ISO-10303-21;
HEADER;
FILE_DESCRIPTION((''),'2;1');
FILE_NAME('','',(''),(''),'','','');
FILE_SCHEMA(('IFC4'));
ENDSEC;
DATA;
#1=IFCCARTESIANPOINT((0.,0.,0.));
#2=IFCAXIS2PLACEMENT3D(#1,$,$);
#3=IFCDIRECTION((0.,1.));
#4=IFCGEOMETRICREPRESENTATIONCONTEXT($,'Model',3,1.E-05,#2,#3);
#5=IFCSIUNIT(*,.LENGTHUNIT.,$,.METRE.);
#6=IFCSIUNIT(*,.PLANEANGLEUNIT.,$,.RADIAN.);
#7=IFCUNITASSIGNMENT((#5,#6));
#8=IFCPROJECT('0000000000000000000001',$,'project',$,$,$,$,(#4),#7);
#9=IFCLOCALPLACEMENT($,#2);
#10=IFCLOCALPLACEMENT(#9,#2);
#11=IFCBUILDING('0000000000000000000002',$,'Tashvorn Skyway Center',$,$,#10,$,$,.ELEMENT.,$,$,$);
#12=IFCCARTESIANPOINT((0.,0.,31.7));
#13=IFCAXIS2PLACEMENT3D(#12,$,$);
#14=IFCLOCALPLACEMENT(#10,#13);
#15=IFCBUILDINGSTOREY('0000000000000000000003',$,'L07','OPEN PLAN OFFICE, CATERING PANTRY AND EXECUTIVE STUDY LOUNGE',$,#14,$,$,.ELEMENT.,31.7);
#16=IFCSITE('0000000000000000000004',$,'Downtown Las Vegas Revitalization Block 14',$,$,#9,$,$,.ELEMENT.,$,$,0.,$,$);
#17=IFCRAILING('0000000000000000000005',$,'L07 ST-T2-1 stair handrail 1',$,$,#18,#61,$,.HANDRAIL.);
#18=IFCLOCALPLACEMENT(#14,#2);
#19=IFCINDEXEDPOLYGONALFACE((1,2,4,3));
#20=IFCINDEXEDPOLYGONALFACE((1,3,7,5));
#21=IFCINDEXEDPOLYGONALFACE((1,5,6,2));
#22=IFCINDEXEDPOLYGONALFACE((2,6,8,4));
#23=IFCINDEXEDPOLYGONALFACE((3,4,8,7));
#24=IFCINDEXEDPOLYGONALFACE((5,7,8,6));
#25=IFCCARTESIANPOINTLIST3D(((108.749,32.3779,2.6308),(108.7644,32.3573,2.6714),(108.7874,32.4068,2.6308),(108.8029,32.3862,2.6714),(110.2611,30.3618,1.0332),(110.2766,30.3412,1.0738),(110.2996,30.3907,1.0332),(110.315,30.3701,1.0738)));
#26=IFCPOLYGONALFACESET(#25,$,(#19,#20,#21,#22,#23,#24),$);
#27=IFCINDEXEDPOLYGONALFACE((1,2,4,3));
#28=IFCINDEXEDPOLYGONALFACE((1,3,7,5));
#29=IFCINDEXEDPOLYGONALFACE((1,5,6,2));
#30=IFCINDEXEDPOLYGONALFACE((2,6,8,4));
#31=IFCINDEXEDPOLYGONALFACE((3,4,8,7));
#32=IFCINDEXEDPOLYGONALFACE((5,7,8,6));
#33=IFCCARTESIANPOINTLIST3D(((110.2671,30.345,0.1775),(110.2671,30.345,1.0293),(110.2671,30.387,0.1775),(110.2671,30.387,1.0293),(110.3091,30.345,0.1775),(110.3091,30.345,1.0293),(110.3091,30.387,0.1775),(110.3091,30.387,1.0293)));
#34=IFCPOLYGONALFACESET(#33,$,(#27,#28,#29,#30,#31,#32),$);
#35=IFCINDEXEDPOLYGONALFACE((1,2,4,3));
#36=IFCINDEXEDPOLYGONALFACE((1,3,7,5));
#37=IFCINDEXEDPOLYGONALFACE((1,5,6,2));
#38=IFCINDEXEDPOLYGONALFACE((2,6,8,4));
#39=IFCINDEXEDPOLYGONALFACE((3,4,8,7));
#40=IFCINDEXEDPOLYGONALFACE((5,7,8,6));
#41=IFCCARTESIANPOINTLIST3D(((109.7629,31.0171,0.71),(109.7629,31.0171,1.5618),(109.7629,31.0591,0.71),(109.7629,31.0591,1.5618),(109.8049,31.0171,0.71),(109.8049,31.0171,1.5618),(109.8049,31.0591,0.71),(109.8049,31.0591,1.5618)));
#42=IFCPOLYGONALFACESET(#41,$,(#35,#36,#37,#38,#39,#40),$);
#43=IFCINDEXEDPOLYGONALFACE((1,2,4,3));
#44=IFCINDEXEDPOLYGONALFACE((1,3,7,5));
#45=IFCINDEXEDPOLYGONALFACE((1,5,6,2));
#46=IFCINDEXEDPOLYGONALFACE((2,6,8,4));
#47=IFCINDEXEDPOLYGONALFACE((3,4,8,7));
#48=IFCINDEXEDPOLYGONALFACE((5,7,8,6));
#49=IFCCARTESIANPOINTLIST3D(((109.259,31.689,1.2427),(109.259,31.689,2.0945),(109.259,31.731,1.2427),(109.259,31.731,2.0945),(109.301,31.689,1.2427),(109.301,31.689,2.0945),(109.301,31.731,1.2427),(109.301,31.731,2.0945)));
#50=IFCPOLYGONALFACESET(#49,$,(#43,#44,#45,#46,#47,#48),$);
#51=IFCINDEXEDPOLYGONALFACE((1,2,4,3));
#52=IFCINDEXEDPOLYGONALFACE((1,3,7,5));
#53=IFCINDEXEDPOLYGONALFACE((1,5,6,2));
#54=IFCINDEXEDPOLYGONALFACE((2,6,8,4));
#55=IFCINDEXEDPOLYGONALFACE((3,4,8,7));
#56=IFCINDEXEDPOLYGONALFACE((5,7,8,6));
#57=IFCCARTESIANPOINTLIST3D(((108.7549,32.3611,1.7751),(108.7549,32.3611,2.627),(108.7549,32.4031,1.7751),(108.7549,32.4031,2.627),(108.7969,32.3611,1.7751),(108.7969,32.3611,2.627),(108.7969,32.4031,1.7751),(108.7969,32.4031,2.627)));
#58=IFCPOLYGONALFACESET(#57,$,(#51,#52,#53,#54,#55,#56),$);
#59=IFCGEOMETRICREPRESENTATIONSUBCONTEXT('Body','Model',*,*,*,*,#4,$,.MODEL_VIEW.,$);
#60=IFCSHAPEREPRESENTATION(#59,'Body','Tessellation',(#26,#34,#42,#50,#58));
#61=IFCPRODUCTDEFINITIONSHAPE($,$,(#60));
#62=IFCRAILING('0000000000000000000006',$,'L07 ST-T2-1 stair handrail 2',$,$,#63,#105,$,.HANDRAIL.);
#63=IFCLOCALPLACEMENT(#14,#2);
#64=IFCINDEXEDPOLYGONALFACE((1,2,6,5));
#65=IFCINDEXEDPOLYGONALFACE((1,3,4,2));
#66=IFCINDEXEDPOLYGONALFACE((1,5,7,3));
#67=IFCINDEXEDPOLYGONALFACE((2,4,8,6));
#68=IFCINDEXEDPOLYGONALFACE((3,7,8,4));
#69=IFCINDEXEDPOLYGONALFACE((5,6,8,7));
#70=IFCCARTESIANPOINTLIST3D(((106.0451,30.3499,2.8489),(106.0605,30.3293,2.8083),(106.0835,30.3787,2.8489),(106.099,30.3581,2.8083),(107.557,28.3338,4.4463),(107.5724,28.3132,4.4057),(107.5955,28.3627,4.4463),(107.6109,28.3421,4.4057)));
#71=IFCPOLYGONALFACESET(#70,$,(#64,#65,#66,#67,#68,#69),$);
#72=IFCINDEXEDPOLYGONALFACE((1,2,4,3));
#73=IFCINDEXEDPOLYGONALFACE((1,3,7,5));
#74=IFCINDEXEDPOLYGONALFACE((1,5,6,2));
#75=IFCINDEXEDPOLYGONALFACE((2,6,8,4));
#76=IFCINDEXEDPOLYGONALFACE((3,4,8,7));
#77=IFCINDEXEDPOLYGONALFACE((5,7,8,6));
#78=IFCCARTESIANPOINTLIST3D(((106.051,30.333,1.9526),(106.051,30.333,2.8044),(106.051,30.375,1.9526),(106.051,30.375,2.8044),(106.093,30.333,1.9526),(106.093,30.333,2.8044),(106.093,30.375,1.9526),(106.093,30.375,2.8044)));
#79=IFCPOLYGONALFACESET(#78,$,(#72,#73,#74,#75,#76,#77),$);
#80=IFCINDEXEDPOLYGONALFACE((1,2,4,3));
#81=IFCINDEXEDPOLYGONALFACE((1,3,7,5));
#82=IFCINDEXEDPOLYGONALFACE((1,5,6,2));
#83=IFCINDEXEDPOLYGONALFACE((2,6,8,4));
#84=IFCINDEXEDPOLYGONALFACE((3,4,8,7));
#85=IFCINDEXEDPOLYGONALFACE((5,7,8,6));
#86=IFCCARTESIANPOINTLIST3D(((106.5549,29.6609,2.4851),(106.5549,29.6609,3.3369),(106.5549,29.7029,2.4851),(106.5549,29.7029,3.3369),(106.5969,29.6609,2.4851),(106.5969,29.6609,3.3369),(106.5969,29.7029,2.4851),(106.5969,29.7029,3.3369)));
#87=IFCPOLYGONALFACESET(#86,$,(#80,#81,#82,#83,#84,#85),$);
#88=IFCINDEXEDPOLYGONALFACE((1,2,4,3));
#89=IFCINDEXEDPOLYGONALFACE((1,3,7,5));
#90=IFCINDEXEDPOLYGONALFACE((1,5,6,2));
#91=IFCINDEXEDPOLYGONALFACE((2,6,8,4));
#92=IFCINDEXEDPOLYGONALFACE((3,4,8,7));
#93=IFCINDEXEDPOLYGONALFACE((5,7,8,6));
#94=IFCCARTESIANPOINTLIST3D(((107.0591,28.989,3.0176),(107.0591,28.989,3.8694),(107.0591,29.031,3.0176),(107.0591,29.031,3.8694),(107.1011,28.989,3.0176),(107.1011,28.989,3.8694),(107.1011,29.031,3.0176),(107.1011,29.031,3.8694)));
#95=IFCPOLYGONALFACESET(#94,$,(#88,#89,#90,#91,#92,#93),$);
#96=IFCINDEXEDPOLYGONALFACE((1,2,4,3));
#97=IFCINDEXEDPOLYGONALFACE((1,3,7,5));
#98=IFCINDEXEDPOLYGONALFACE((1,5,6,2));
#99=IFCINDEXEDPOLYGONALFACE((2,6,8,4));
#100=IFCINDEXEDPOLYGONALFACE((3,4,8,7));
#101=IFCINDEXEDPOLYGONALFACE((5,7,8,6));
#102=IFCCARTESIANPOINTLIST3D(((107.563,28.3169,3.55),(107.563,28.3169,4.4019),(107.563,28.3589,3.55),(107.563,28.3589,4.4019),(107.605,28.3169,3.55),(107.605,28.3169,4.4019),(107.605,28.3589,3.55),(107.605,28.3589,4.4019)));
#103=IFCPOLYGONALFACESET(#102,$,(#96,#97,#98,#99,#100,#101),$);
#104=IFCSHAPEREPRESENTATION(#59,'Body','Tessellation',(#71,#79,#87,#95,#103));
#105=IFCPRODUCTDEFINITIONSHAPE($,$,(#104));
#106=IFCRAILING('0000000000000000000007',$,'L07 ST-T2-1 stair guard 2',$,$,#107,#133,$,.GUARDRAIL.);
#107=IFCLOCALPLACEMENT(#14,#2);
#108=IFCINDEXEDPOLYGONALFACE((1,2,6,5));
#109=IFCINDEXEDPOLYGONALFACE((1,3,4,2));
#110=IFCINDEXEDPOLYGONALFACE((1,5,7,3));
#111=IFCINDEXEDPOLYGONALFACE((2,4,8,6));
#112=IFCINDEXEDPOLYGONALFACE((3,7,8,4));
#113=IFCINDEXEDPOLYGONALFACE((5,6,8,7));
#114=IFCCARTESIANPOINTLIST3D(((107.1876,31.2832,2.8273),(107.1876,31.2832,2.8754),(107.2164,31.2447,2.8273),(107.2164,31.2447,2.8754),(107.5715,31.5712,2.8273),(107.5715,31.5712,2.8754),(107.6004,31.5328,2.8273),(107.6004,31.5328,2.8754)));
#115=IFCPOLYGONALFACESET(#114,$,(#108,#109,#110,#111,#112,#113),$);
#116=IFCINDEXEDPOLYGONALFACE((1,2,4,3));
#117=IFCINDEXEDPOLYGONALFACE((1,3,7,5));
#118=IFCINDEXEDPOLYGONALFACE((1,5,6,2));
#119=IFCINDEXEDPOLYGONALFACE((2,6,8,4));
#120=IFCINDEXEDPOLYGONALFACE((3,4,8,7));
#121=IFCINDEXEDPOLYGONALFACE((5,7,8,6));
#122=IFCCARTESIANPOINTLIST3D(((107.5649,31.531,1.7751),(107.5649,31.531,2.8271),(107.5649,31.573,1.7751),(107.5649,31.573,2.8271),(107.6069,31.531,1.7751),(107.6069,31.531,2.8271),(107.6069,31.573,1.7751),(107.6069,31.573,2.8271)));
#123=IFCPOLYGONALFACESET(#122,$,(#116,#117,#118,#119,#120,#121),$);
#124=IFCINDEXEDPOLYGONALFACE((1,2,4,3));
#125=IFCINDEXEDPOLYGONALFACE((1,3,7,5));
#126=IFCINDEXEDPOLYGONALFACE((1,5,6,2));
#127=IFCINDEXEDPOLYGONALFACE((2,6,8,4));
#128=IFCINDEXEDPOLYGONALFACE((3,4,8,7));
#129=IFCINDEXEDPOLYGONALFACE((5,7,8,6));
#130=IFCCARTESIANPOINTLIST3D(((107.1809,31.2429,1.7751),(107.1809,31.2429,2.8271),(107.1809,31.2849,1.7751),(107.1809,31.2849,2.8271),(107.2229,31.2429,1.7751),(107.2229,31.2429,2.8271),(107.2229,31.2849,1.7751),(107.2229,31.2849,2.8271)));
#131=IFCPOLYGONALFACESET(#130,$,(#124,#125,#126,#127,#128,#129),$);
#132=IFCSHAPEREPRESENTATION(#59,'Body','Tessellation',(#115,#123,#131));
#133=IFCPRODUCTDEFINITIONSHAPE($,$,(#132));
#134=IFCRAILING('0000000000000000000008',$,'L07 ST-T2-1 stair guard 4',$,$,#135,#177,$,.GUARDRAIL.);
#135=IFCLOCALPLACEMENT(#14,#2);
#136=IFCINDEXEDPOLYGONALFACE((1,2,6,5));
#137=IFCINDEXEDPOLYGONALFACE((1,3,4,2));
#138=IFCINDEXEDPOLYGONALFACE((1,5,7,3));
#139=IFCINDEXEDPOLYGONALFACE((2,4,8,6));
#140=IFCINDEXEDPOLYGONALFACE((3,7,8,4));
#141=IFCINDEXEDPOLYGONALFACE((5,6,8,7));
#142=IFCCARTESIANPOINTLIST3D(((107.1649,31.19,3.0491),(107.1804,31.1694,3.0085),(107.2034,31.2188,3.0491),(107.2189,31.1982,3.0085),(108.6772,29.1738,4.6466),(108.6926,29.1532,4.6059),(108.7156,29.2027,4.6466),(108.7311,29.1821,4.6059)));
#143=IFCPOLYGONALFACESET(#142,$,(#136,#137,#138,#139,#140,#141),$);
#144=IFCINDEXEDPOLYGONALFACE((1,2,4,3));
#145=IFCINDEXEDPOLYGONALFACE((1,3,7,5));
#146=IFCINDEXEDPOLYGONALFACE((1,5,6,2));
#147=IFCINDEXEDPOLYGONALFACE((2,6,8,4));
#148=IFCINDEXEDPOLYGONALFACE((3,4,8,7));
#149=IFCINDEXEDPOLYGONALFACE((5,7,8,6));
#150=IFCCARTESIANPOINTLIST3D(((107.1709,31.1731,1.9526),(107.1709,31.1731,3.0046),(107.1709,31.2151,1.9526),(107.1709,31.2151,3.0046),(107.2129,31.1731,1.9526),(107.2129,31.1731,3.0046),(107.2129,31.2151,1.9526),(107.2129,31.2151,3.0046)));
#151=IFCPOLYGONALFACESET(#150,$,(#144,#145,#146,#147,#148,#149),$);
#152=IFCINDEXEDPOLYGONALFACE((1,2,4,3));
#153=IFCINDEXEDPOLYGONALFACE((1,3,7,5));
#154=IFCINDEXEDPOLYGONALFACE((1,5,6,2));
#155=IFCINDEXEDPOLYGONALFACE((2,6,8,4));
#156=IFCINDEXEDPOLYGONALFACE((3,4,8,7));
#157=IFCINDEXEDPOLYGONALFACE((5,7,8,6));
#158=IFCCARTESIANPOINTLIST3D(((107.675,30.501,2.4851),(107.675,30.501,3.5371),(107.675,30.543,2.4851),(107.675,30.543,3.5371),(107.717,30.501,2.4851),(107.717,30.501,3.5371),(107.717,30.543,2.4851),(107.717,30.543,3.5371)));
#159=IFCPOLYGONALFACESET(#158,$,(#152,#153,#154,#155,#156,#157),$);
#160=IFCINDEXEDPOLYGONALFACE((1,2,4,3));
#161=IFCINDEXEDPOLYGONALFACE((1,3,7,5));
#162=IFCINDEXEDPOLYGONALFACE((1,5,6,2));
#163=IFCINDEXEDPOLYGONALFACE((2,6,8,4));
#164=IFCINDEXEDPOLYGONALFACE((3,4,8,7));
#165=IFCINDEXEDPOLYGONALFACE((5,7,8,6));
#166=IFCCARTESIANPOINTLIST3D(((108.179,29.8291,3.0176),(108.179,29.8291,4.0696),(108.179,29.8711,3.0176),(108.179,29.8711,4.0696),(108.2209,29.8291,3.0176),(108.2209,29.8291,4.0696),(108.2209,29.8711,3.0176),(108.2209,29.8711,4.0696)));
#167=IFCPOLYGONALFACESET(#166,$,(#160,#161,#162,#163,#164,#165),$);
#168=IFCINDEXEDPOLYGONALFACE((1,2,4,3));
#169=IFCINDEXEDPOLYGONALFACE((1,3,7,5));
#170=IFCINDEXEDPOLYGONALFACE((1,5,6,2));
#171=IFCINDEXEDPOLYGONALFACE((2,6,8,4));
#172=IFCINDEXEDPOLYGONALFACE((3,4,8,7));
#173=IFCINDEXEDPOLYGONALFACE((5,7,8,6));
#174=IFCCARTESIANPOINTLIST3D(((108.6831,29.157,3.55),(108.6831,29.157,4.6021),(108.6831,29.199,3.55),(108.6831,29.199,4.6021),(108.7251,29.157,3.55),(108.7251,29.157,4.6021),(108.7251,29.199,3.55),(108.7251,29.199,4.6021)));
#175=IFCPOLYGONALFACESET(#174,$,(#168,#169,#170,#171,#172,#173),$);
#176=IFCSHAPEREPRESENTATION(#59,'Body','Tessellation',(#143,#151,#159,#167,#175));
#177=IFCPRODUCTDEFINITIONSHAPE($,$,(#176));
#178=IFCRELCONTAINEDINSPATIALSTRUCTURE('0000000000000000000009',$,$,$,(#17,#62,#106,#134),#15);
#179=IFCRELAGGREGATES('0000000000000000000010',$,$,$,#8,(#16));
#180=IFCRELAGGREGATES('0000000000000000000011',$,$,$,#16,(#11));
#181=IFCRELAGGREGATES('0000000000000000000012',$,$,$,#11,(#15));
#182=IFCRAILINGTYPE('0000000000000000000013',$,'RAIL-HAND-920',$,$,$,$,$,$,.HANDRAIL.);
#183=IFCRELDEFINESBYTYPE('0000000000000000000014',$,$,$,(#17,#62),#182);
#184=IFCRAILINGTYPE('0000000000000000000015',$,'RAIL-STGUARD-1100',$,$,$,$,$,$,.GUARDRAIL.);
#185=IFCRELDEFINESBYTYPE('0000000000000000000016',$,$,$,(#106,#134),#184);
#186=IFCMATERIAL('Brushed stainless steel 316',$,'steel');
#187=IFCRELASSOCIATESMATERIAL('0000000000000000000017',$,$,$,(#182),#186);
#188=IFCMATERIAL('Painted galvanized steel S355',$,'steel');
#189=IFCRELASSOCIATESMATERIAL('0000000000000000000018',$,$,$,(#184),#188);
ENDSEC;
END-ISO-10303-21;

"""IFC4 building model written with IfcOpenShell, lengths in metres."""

from ifc_helpers import new_model, si_unit, direction, frame, origin, origin_2d, place, context, subcontext, project, spatial, rectangle, extrude, material, type_object, element, save


model = new_model("IFC4")

# Units and contexts
model_context = context("Model", 3, precision=1e-05, world=origin(), true_north=direction((0.0, 1.0)))
body_context = subcontext(model_context, "Body", "Model", "MODEL_VIEW")
ifc_project = project(units=[si_unit("LENGTHUNIT", "METRE"), si_unit("PLANEANGLEUNIT", "RADIAN")], contexts=[model_context])

# Site, building, storey
site_placement = place(None, origin())
site = spatial("IfcSite", under=ifc_project, at=site_placement, Name="Downtown Las Vegas Revitalization Block 14", CompositionType="ELEMENT", RefElevation=0.0)
building_placement = place(site_placement, origin())
building = spatial("IfcBuilding", under=site, at=building_placement, Name="Tashvorn Skyway Center", CompositionType="ELEMENT")
storey_placement = place(building_placement, frame((0.0, 0.0, 31.7)))
storey = spatial("IfcBuildingStorey", under=building, at=storey_placement, Name="L07", Description="OPEN PLAN OFFICE, CATERING PANTRY AND EXECUTIVE STUDY LOUNGE", CompositionType="ELEMENT", Elevation=31.7)

# Railings
ifc_material_1 = material(Name="Brushed stainless steel 316", Category="steel")
railing_type_1 = type_object("IfcRailingType", Name="RAIL-HAND-920", PredefinedType="HANDRAIL", material=ifc_material_1)
railing_1_placement = place(storey_placement, frame((110.2881, 30.366, 0.1775)))
element("IfcRailing", 1, at=railing_1_placement, inside=storey, type_object=railing_type_1, Name="L07 ST-T2-1 stair handrail 1", PredefinedType="HANDRAIL", context=body_context, shape_type="SweptSolid", body=[
    extrude(rectangle(XDim=0.0481, YDim=0.0481, at=origin_2d()), frame((0.0, 0.0, 0.876), z_axis=(-0.506779, 0.675651, 0.535416), x_axis=(-0.799977, -0.600031, 0.0)), (0.0, 0.0, 1.0), 2.9839),
    extrude(rectangle(XDim=0.042, YDim=0.042, at=origin_2d()), origin(), (0.0, 0.0, 1.0), 0.8518),
    extrude(rectangle(XDim=0.042, YDim=0.042, at=origin_2d()), frame((-0.5042, 0.6721, 0.5325)), (0.0, 0.0, 1.0), 0.8518),
    extrude(rectangle(XDim=0.042, YDim=0.042, at=origin_2d()), frame((-1.0081, 1.344, 1.0652)), (0.0, 0.0, 1.0), 0.8518),
    extrude(rectangle(XDim=0.042, YDim=0.042, at=origin_2d()), frame((-1.5122, 2.0161, 1.5977)), (0.0, 0.0, 1.0), 0.8518),
])
railing_2_placement = place(storey_placement, frame((106.072, 30.354, 1.9526)))
element("IfcRailing", 2, at=railing_2_placement, inside=storey, type_object=railing_type_1, Name="L07 ST-T2-1 stair handrail 2", PredefinedType="HANDRAIL", context=body_context, shape_type="SweptSolid", body=[
    extrude(rectangle(XDim=0.0481, YDim=0.0481, at=origin_2d()), frame((0.0, 0.0, 0.876), z_axis=(0.506741, -0.675709, 0.535379), x_axis=(0.800023, 0.599969, 0.0)), (0.0, 0.0, 1.0), 2.9836),
    extrude(rectangle(XDim=0.042, YDim=0.042, at=origin_2d()), origin(), (0.0, 0.0, 1.0), 0.8518),
    extrude(rectangle(XDim=0.042, YDim=0.042, at=origin_2d()), frame((0.5039, -0.6721, 0.5325)), (0.0, 0.0, 1.0), 0.8518),
    extrude(rectangle(XDim=0.042, YDim=0.042, at=origin_2d()), frame((1.0081, -1.344, 1.0649)), (0.0, 0.0, 1.0), 0.8518),
    extrude(rectangle(XDim=0.042, YDim=0.042, at=origin_2d()), frame((1.512, -2.0161, 1.5974)), (0.0, 0.0, 1.0), 0.8518),
])
ifc_material_2 = material(Name="Painted galvanized steel S355", Category="steel")
railing_type_2 = type_object("IfcRailingType", Name="RAIL-STGUARD-1100", PredefinedType="GUARDRAIL", material=ifc_material_2)
railing_3_placement = place(storey_placement, frame((107.5859, 31.552, 1.7751)))
element("IfcRailing", 3, at=railing_3_placement, inside=storey, type_object=railing_type_2, Name="L07 ST-T2-1 stair guard 2", PredefinedType="GUARDRAIL", context=body_context, shape_type="SweptSolid", body=[
    extrude(rectangle(XDim=0.0481, YDim=0.0481, at=origin_2d()), frame((0.0, 0.0, 1.0762), z_axis=(-0.799939, -0.600081, 0.0), x_axis=(0.600081, -0.799939, 0.0)), (0.0, 0.0, 1.0), 0.48),
    extrude(rectangle(XDim=0.042, YDim=0.042, at=origin_2d()), origin(), (0.0, 0.0, 1.0), 1.052),
    extrude(rectangle(XDim=0.042, YDim=0.042, at=origin_2d()), frame((-0.384, -0.2881, 0.0)), (0.0, 0.0, 1.0), 1.052),
])
railing_4_placement = place(storey_placement, frame((107.1919, 31.1941, 1.9526)))
element("IfcRailing", 4, at=railing_4_placement, inside=storey, type_object=railing_type_2, Name="L07 ST-T2-1 stair guard 4", PredefinedType="GUARDRAIL", context=body_context, shape_type="SweptSolid", body=[
    extrude(rectangle(XDim=0.0481, YDim=0.0481, at=origin_2d()), frame((0.0, 0.0, 1.0762), z_axis=(0.506802, -0.675681, 0.535357), x_axis=(0.799977, 0.600031, 0.0)), (0.0, 0.0, 1.0), 2.9839),
    extrude(rectangle(XDim=0.042, YDim=0.042, at=origin_2d()), origin(), (0.0, 0.0, 1.0), 1.052),
    extrude(rectangle(XDim=0.042, YDim=0.042, at=origin_2d()), frame((0.5042, -0.6721, 0.5325)), (0.0, 0.0, 1.0), 1.052),
    extrude(rectangle(XDim=0.042, YDim=0.042, at=origin_2d()), frame((1.0081, -1.344, 1.0649)), (0.0, 0.0, 1.0), 1.052),
    extrude(rectangle(XDim=0.042, YDim=0.042, at=origin_2d()), frame((1.5122, -2.0161, 1.5974)), (0.0, 0.0, 1.0), 1.052),
])

save(model, "model.ifc")
